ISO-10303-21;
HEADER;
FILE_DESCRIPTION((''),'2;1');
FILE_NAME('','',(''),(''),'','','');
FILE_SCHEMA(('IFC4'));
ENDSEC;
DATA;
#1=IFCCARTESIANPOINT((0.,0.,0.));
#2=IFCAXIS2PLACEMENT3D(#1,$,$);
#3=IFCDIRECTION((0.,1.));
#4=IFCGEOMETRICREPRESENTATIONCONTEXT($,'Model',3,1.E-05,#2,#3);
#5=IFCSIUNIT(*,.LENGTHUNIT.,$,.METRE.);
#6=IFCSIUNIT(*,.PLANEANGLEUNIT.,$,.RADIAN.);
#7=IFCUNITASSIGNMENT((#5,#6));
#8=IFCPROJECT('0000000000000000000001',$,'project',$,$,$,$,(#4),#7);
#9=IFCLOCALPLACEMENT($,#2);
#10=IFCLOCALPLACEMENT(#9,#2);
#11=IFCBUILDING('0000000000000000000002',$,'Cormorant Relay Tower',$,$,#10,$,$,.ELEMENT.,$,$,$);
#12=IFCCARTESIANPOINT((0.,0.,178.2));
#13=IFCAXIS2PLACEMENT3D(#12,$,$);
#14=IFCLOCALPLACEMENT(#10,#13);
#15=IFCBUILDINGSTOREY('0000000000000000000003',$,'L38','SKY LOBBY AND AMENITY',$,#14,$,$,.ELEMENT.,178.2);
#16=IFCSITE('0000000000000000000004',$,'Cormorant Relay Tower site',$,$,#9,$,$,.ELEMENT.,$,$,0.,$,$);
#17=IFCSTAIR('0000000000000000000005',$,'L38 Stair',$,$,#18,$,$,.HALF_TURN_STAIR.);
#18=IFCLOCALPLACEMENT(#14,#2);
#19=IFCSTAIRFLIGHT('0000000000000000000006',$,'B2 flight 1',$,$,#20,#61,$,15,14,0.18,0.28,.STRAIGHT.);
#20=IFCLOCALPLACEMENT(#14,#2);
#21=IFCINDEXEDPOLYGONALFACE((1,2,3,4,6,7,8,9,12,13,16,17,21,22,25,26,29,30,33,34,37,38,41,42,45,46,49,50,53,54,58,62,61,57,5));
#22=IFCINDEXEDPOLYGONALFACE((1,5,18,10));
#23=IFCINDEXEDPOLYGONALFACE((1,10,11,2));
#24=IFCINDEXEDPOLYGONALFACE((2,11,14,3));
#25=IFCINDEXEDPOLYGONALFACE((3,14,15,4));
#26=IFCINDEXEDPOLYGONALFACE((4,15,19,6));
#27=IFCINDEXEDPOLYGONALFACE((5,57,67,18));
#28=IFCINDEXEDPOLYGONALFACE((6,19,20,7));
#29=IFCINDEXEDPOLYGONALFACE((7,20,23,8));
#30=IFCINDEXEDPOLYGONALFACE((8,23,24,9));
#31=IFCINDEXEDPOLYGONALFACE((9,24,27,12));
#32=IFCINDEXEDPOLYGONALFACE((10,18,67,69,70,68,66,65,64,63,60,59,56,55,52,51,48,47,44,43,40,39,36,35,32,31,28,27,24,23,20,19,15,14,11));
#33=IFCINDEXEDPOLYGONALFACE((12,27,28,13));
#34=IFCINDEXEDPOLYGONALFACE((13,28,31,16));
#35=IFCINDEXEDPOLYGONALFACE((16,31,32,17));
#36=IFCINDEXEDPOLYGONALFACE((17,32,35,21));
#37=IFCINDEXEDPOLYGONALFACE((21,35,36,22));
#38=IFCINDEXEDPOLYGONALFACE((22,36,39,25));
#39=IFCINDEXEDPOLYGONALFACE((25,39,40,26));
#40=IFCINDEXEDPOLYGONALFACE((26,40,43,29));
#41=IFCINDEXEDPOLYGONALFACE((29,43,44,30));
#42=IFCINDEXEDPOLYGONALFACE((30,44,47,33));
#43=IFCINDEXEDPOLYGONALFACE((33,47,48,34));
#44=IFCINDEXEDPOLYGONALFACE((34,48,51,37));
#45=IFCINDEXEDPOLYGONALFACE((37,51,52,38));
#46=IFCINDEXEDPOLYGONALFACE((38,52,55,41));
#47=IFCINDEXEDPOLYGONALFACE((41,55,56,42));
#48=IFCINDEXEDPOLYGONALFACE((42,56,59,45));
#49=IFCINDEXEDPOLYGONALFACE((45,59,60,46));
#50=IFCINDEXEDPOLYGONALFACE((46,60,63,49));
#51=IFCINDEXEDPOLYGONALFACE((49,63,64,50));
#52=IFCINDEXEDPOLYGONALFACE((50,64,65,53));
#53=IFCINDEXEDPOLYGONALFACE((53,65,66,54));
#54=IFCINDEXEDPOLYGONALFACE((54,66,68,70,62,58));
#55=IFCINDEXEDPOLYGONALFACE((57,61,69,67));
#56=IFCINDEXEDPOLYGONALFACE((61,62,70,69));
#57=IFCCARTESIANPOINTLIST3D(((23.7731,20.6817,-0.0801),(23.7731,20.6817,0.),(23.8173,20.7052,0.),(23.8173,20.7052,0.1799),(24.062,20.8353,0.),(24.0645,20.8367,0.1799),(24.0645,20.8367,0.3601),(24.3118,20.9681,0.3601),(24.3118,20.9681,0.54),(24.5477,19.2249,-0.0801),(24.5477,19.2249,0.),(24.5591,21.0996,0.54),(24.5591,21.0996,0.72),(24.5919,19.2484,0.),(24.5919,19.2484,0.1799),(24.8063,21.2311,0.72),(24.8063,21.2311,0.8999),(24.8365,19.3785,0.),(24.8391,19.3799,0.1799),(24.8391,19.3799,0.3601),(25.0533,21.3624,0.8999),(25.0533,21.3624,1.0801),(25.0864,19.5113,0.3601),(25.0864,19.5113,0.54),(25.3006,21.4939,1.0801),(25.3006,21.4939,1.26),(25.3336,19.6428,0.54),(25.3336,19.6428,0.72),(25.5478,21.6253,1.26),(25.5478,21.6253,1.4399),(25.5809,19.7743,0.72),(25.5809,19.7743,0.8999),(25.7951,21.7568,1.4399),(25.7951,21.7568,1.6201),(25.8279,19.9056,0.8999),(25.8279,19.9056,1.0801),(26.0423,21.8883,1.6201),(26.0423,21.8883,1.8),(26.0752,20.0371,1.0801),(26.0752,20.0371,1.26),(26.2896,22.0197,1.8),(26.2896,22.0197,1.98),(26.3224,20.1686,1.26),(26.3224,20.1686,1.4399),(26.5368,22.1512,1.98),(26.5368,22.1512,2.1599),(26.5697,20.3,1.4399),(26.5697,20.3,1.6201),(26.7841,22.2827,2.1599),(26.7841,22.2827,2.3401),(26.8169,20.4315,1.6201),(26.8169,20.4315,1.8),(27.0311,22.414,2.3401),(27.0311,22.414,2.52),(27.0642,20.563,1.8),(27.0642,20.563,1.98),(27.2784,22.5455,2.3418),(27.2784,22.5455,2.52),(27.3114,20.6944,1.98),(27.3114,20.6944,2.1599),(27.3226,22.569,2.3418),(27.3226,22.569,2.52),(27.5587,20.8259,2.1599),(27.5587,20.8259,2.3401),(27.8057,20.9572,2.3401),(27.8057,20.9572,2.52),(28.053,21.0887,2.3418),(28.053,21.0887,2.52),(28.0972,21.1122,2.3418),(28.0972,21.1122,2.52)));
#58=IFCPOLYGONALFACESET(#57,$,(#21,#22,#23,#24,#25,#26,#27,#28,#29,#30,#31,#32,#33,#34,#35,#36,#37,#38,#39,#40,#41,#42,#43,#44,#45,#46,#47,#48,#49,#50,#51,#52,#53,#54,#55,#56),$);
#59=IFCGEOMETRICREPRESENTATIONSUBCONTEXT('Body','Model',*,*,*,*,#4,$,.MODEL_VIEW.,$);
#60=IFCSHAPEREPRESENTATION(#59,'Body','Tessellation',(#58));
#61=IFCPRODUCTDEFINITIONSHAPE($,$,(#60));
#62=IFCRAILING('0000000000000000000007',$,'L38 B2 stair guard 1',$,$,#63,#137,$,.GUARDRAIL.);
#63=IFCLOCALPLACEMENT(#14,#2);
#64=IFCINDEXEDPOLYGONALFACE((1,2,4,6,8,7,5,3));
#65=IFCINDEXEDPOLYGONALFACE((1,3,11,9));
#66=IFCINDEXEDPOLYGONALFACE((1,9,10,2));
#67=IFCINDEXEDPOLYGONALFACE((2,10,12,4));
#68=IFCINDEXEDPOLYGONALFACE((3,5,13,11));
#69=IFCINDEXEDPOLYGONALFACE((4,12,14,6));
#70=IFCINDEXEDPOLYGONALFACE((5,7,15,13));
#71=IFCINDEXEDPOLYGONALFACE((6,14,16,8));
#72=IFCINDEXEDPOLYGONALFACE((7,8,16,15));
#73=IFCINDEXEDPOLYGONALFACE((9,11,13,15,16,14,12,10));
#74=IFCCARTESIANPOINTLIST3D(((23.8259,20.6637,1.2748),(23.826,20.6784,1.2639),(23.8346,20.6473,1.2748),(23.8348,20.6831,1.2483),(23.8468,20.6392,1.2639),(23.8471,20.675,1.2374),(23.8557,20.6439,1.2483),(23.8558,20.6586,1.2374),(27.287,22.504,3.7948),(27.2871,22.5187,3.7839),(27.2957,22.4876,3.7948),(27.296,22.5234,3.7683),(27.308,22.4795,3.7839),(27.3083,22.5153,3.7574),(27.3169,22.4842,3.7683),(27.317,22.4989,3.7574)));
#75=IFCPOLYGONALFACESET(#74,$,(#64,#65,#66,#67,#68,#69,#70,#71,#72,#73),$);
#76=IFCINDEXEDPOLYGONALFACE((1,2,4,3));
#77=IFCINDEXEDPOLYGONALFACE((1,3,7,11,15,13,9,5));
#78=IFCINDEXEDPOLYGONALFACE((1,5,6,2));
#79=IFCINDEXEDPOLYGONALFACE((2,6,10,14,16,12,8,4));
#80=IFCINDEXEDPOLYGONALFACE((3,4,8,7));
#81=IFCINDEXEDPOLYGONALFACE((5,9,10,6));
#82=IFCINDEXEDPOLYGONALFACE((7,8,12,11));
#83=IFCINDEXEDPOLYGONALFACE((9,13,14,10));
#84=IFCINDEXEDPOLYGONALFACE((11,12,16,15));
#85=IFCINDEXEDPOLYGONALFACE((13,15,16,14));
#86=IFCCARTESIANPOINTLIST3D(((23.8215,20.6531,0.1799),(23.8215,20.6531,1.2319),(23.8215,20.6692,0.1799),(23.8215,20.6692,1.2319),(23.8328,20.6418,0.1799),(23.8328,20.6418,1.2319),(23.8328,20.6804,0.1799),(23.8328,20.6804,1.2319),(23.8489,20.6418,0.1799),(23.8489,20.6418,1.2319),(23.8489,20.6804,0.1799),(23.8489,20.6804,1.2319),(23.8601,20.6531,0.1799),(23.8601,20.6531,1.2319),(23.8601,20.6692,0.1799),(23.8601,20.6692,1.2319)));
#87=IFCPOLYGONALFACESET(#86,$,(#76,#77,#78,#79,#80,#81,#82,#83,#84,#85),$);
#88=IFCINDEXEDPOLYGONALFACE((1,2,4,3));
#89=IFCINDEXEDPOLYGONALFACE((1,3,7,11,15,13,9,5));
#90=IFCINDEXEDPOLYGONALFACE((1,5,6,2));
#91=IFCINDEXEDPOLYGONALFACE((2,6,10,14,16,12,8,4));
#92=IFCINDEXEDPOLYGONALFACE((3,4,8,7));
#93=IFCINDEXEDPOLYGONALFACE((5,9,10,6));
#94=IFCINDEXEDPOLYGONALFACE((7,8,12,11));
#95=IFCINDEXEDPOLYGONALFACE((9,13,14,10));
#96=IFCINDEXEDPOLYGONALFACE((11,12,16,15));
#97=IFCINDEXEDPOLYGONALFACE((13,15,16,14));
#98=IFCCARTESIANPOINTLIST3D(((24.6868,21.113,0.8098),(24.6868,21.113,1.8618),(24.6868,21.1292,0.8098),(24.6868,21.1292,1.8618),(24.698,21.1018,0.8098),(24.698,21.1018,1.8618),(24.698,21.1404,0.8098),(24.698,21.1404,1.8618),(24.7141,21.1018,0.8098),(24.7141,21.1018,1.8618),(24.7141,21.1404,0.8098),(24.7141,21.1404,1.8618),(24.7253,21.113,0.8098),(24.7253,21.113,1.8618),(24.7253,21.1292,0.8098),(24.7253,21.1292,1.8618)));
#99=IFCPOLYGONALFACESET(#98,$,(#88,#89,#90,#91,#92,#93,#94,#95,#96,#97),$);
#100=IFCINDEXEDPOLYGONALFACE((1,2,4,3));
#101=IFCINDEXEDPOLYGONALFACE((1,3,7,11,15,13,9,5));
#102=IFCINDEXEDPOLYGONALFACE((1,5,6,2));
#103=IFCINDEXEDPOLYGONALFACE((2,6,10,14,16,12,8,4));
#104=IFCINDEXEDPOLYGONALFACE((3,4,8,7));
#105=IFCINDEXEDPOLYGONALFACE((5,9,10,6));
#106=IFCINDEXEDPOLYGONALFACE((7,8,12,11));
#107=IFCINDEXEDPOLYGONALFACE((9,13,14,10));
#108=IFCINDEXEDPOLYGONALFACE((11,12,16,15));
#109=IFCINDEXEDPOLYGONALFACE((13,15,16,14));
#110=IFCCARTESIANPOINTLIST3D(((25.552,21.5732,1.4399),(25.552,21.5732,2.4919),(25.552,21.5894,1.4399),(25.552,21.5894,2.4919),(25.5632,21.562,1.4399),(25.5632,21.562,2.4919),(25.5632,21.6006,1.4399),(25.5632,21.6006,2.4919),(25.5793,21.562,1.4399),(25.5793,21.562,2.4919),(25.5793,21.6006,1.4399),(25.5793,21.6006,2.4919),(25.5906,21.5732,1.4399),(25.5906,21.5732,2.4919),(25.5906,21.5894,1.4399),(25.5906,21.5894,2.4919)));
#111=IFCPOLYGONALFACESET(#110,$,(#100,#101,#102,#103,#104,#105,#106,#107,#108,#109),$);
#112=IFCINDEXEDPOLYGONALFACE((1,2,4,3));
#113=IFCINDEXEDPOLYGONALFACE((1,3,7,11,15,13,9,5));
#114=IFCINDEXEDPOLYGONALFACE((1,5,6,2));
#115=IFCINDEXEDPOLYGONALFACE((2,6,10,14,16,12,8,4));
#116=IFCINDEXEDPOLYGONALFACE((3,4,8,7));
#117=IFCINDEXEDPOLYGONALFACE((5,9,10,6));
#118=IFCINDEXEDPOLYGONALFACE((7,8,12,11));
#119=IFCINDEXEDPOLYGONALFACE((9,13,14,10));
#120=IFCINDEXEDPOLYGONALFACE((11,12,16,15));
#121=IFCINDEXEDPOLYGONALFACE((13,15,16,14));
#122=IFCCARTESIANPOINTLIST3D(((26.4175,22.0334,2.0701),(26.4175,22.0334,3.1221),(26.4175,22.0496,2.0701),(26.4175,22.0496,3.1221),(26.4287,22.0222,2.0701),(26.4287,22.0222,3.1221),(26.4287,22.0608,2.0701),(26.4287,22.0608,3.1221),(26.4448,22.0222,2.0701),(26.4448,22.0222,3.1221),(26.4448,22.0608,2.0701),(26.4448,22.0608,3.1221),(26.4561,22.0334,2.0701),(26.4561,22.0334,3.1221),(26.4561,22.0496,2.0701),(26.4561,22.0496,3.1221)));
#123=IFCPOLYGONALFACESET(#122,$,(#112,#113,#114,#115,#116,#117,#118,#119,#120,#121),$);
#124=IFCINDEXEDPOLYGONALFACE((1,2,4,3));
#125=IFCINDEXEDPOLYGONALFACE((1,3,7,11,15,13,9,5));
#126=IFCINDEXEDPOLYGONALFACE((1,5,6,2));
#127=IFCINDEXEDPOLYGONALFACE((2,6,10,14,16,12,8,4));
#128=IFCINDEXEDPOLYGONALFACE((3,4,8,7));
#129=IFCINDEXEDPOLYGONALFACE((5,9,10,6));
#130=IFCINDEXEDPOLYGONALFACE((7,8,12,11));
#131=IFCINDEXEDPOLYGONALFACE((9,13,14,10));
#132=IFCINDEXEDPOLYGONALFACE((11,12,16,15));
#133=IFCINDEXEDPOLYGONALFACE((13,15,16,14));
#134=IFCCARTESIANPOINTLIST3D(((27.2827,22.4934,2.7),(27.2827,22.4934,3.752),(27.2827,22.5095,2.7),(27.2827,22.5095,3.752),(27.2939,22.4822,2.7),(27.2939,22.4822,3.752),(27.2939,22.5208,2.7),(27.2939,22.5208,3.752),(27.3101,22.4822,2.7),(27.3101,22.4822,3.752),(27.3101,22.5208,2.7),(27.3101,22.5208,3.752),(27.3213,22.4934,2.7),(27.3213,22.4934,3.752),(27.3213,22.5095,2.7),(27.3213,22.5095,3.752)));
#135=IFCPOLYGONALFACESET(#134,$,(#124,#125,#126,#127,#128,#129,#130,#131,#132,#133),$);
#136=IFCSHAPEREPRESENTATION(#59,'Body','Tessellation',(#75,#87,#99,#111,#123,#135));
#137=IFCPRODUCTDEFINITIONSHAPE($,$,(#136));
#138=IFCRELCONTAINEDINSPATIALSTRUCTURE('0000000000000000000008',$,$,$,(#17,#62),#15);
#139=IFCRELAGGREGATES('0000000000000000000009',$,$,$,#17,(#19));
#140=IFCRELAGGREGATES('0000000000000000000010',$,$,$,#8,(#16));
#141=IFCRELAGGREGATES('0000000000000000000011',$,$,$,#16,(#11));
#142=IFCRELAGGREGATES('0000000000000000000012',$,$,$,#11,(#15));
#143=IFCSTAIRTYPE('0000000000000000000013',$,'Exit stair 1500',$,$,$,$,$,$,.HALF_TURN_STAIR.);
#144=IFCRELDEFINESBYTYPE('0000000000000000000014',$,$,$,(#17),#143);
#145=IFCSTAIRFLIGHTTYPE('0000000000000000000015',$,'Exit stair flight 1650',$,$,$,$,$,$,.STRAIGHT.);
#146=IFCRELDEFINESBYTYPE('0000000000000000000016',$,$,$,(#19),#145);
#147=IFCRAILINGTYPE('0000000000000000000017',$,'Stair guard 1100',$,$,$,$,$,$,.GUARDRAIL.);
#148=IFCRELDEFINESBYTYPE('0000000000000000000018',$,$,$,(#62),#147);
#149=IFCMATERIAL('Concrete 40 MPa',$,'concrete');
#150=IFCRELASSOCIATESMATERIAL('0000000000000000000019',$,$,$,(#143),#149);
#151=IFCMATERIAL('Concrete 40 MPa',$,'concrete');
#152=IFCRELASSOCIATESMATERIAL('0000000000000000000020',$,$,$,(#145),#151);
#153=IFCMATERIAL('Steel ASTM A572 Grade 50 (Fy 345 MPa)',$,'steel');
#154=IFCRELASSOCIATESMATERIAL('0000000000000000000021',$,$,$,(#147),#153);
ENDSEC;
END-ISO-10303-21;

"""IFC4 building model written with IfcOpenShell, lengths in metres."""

from ifc_helpers import new_model, si_unit, direction, frame, origin, place, context, subcontext, project, spatial, polyline, outline, extrude, material, type_object, element, aggregate, save


model = new_model("IFC4")

# Units and contexts
model_context = context("Model", 3, precision=1e-05, world=origin(), true_north=direction((0.0, 1.0)))
body_context = subcontext(model_context, "Body", "Model", "MODEL_VIEW")
ifc_project = project(units=[si_unit("LENGTHUNIT", "METRE"), si_unit("PLANEANGLEUNIT", "RADIAN")], contexts=[model_context])

# Site, building, storey
site_placement = place(None, origin())
site = spatial("IfcSite", under=ifc_project, at=site_placement, Name="Cormorant Relay Tower site", CompositionType="ELEMENT", RefElevation=0.0)
building_placement = place(site_placement, origin())
building = spatial("IfcBuilding", under=site, at=building_placement, Name="Cormorant Relay Tower", CompositionType="ELEMENT")
storey_placement = place(building_placement, frame((0.0, 0.0, 178.2)))
storey = spatial("IfcBuildingStorey", under=building, at=storey_placement, Name="L38", Description="SKY LOBBY AND AMENITY", CompositionType="ELEMENT", Elevation=178.2)

# Stair, stair flight
ifc_material_1 = material(Name="Concrete 40 MPa", Category="concrete")
stair_type = type_object("IfcStairType", Name="Exit stair 1500", PredefinedType="HALF_TURN_STAIR", material=ifc_material_1)
stair_placement = place(storey_placement, origin())
stair = element("IfcStair", 1, at=stair_placement, inside=storey, type_object=stair_type, Name="L38 Stair", PredefinedType="HALF_TURN_STAIR")
ifc_material_2 = material(Name="Concrete 40 MPa", Category="concrete")
stair_flight_type = type_object("IfcStairFlightType", Name="Exit stair flight 1650", PredefinedType="STRAIGHT", material=ifc_material_2)
stair_flight_placement = place(storey_placement, frame((24.2046, 19.9768, 0.0), z_axis=(0.0, 0.0, 1.0), x_axis=(0.882948, 0.469472, 0.0)))
stair_flight = element("IfcStairFlight", 2, at=stair_flight_placement, type_object=stair_flight_type, Name="B2 flight 1", NumberOfRisers=15, NumberOfTreads=14, PredefinedType="STRAIGHT", RiserHeight=0.18, TreadLength=0.28, context=body_context, shape_type="SweptSolid", body=[
    extrude(outline(polyline([(-0.05, -0.0801), (-0.05, 0.0), (0.0, 0.0), (0.0, 0.1799), (0.28, 0.1799), (0.28, 0.3601), (0.5601, 0.3601), (0.5601, 0.54), (0.8401, 0.54), (0.8401, 0.72), (1.1201, 0.72), (1.1201, 0.8999), (1.3999, 0.8999), (1.3999, 1.0801), (1.6799, 1.0801), (1.6799, 1.26), (1.96, 1.26), (1.96, 1.4399), (2.24, 1.4399), (2.24, 1.6201), (2.52, 1.6201), (2.52, 1.8), (2.8, 1.8), (2.8, 1.98), (3.0801, 1.98), (3.0801, 2.1599), (3.3601, 2.1599), (3.3601, 2.3401), (3.6399, 2.3401), (3.6399, 2.52), (3.9199, 2.52), (3.97, 2.52), (3.97, 2.3418), (3.9199, 2.3418), (0.2771, 0.0), (-0.05, -0.0801)])), frame((0.0, 0.825, 0.0), z_axis=(0.0, -1.0, 0.0), x_axis=(1.0, 0.0, 0.0)), (0.0, 0.0, 1.0), 1.6499),
])
aggregate(stair, [stair_flight])

# Railing
ifc_material_3 = material(Name="Steel ASTM A572 Grade 50 (Fy 345 MPa)", Category="steel")
railing_type_1 = type_object("IfcRailingType", Name="Stair guard 1100", PredefinedType="GUARDRAIL", material=ifc_material_3)
railing_1_placement = place(storey_placement, frame((23.8408, 20.6611, 0.1799)))
element("IfcRailing", 3, at=railing_1_placement, inside=storey, type_object=railing_type_1, Name="L38 B2 stair guard 1", PredefinedType="GUARDRAIL", context=body_context, shape_type="SweptSolid", body=[
    extrude(outline(polyline([(0.0222, 0.0093), (0.0093, 0.0222), (-0.0093, 0.0222), (-0.0222, 0.0093), (-0.0222, -0.0093), (-0.0093, -0.0222), (0.0093, -0.0222), (0.0222, -0.0093), (0.0222, 0.0093)])), frame((0.0, 0.0, 1.0762), z_axis=(0.742717, 0.394907, 0.540758), x_axis=(-0.469469, 0.882949, 0.0)), (0.0, 0.0, 1.0), 4.6602),
    extrude(outline(polyline([(0.0193, 0.0081), (0.0081, 0.0193), (-0.0081, 0.0193), (-0.0193, 0.0081), (-0.0193, -0.0081), (-0.0081, -0.0193), (0.0081, -0.0193), (0.0193, -0.0081), (0.0193, 0.0081)])), origin(), (0.0, 0.0, 1.0), 1.052),
    extrude(outline(polyline([(0.0193, 0.0081), (0.0081, 0.0193), (-0.0081, 0.0193), (-0.0193, 0.0081), (-0.0193, -0.0081), (-0.0081, -0.0193), (0.0081, -0.0193), (0.0193, -0.0081), (0.0193, 0.0081)])), frame((0.8652, 0.46, 0.6299)), (0.0, 0.0, 1.0), 1.052),
    extrude(outline(polyline([(0.0193, 0.0081), (0.0081, 0.0193), (-0.0081, 0.0193), (-0.0193, 0.0081), (-0.0193, -0.0081), (-0.0081, -0.0193), (0.0081, -0.0193), (0.0193, -0.0081), (0.0193, 0.0081)])), frame((1.7305, 0.9202, 1.26)), (0.0, 0.0, 1.0), 1.052),
    extrude(outline(polyline([(0.0193, 0.0081), (0.0081, 0.0193), (-0.0081, 0.0193), (-0.0193, 0.0081), (-0.0193, -0.0081), (-0.0081, -0.0193), (0.0081, -0.0193), (0.0193, -0.0081), (0.0193, 0.0081)])), frame((2.5959, 1.3804, 1.8901)), (0.0, 0.0, 1.0), 1.052),
    extrude(outline(polyline([(0.0193, 0.0081), (0.0081, 0.0193), (-0.0081, 0.0193), (-0.0193, 0.0081), (-0.0193, -0.0081), (-0.0081, -0.0193), (0.0081, -0.0193), (0.0193, -0.0081), (0.0193, 0.0081)])), frame((3.4612, 1.8403, 2.52)), (0.0, 0.0, 1.0), 1.052),
])

save(model, "model.ifc")
